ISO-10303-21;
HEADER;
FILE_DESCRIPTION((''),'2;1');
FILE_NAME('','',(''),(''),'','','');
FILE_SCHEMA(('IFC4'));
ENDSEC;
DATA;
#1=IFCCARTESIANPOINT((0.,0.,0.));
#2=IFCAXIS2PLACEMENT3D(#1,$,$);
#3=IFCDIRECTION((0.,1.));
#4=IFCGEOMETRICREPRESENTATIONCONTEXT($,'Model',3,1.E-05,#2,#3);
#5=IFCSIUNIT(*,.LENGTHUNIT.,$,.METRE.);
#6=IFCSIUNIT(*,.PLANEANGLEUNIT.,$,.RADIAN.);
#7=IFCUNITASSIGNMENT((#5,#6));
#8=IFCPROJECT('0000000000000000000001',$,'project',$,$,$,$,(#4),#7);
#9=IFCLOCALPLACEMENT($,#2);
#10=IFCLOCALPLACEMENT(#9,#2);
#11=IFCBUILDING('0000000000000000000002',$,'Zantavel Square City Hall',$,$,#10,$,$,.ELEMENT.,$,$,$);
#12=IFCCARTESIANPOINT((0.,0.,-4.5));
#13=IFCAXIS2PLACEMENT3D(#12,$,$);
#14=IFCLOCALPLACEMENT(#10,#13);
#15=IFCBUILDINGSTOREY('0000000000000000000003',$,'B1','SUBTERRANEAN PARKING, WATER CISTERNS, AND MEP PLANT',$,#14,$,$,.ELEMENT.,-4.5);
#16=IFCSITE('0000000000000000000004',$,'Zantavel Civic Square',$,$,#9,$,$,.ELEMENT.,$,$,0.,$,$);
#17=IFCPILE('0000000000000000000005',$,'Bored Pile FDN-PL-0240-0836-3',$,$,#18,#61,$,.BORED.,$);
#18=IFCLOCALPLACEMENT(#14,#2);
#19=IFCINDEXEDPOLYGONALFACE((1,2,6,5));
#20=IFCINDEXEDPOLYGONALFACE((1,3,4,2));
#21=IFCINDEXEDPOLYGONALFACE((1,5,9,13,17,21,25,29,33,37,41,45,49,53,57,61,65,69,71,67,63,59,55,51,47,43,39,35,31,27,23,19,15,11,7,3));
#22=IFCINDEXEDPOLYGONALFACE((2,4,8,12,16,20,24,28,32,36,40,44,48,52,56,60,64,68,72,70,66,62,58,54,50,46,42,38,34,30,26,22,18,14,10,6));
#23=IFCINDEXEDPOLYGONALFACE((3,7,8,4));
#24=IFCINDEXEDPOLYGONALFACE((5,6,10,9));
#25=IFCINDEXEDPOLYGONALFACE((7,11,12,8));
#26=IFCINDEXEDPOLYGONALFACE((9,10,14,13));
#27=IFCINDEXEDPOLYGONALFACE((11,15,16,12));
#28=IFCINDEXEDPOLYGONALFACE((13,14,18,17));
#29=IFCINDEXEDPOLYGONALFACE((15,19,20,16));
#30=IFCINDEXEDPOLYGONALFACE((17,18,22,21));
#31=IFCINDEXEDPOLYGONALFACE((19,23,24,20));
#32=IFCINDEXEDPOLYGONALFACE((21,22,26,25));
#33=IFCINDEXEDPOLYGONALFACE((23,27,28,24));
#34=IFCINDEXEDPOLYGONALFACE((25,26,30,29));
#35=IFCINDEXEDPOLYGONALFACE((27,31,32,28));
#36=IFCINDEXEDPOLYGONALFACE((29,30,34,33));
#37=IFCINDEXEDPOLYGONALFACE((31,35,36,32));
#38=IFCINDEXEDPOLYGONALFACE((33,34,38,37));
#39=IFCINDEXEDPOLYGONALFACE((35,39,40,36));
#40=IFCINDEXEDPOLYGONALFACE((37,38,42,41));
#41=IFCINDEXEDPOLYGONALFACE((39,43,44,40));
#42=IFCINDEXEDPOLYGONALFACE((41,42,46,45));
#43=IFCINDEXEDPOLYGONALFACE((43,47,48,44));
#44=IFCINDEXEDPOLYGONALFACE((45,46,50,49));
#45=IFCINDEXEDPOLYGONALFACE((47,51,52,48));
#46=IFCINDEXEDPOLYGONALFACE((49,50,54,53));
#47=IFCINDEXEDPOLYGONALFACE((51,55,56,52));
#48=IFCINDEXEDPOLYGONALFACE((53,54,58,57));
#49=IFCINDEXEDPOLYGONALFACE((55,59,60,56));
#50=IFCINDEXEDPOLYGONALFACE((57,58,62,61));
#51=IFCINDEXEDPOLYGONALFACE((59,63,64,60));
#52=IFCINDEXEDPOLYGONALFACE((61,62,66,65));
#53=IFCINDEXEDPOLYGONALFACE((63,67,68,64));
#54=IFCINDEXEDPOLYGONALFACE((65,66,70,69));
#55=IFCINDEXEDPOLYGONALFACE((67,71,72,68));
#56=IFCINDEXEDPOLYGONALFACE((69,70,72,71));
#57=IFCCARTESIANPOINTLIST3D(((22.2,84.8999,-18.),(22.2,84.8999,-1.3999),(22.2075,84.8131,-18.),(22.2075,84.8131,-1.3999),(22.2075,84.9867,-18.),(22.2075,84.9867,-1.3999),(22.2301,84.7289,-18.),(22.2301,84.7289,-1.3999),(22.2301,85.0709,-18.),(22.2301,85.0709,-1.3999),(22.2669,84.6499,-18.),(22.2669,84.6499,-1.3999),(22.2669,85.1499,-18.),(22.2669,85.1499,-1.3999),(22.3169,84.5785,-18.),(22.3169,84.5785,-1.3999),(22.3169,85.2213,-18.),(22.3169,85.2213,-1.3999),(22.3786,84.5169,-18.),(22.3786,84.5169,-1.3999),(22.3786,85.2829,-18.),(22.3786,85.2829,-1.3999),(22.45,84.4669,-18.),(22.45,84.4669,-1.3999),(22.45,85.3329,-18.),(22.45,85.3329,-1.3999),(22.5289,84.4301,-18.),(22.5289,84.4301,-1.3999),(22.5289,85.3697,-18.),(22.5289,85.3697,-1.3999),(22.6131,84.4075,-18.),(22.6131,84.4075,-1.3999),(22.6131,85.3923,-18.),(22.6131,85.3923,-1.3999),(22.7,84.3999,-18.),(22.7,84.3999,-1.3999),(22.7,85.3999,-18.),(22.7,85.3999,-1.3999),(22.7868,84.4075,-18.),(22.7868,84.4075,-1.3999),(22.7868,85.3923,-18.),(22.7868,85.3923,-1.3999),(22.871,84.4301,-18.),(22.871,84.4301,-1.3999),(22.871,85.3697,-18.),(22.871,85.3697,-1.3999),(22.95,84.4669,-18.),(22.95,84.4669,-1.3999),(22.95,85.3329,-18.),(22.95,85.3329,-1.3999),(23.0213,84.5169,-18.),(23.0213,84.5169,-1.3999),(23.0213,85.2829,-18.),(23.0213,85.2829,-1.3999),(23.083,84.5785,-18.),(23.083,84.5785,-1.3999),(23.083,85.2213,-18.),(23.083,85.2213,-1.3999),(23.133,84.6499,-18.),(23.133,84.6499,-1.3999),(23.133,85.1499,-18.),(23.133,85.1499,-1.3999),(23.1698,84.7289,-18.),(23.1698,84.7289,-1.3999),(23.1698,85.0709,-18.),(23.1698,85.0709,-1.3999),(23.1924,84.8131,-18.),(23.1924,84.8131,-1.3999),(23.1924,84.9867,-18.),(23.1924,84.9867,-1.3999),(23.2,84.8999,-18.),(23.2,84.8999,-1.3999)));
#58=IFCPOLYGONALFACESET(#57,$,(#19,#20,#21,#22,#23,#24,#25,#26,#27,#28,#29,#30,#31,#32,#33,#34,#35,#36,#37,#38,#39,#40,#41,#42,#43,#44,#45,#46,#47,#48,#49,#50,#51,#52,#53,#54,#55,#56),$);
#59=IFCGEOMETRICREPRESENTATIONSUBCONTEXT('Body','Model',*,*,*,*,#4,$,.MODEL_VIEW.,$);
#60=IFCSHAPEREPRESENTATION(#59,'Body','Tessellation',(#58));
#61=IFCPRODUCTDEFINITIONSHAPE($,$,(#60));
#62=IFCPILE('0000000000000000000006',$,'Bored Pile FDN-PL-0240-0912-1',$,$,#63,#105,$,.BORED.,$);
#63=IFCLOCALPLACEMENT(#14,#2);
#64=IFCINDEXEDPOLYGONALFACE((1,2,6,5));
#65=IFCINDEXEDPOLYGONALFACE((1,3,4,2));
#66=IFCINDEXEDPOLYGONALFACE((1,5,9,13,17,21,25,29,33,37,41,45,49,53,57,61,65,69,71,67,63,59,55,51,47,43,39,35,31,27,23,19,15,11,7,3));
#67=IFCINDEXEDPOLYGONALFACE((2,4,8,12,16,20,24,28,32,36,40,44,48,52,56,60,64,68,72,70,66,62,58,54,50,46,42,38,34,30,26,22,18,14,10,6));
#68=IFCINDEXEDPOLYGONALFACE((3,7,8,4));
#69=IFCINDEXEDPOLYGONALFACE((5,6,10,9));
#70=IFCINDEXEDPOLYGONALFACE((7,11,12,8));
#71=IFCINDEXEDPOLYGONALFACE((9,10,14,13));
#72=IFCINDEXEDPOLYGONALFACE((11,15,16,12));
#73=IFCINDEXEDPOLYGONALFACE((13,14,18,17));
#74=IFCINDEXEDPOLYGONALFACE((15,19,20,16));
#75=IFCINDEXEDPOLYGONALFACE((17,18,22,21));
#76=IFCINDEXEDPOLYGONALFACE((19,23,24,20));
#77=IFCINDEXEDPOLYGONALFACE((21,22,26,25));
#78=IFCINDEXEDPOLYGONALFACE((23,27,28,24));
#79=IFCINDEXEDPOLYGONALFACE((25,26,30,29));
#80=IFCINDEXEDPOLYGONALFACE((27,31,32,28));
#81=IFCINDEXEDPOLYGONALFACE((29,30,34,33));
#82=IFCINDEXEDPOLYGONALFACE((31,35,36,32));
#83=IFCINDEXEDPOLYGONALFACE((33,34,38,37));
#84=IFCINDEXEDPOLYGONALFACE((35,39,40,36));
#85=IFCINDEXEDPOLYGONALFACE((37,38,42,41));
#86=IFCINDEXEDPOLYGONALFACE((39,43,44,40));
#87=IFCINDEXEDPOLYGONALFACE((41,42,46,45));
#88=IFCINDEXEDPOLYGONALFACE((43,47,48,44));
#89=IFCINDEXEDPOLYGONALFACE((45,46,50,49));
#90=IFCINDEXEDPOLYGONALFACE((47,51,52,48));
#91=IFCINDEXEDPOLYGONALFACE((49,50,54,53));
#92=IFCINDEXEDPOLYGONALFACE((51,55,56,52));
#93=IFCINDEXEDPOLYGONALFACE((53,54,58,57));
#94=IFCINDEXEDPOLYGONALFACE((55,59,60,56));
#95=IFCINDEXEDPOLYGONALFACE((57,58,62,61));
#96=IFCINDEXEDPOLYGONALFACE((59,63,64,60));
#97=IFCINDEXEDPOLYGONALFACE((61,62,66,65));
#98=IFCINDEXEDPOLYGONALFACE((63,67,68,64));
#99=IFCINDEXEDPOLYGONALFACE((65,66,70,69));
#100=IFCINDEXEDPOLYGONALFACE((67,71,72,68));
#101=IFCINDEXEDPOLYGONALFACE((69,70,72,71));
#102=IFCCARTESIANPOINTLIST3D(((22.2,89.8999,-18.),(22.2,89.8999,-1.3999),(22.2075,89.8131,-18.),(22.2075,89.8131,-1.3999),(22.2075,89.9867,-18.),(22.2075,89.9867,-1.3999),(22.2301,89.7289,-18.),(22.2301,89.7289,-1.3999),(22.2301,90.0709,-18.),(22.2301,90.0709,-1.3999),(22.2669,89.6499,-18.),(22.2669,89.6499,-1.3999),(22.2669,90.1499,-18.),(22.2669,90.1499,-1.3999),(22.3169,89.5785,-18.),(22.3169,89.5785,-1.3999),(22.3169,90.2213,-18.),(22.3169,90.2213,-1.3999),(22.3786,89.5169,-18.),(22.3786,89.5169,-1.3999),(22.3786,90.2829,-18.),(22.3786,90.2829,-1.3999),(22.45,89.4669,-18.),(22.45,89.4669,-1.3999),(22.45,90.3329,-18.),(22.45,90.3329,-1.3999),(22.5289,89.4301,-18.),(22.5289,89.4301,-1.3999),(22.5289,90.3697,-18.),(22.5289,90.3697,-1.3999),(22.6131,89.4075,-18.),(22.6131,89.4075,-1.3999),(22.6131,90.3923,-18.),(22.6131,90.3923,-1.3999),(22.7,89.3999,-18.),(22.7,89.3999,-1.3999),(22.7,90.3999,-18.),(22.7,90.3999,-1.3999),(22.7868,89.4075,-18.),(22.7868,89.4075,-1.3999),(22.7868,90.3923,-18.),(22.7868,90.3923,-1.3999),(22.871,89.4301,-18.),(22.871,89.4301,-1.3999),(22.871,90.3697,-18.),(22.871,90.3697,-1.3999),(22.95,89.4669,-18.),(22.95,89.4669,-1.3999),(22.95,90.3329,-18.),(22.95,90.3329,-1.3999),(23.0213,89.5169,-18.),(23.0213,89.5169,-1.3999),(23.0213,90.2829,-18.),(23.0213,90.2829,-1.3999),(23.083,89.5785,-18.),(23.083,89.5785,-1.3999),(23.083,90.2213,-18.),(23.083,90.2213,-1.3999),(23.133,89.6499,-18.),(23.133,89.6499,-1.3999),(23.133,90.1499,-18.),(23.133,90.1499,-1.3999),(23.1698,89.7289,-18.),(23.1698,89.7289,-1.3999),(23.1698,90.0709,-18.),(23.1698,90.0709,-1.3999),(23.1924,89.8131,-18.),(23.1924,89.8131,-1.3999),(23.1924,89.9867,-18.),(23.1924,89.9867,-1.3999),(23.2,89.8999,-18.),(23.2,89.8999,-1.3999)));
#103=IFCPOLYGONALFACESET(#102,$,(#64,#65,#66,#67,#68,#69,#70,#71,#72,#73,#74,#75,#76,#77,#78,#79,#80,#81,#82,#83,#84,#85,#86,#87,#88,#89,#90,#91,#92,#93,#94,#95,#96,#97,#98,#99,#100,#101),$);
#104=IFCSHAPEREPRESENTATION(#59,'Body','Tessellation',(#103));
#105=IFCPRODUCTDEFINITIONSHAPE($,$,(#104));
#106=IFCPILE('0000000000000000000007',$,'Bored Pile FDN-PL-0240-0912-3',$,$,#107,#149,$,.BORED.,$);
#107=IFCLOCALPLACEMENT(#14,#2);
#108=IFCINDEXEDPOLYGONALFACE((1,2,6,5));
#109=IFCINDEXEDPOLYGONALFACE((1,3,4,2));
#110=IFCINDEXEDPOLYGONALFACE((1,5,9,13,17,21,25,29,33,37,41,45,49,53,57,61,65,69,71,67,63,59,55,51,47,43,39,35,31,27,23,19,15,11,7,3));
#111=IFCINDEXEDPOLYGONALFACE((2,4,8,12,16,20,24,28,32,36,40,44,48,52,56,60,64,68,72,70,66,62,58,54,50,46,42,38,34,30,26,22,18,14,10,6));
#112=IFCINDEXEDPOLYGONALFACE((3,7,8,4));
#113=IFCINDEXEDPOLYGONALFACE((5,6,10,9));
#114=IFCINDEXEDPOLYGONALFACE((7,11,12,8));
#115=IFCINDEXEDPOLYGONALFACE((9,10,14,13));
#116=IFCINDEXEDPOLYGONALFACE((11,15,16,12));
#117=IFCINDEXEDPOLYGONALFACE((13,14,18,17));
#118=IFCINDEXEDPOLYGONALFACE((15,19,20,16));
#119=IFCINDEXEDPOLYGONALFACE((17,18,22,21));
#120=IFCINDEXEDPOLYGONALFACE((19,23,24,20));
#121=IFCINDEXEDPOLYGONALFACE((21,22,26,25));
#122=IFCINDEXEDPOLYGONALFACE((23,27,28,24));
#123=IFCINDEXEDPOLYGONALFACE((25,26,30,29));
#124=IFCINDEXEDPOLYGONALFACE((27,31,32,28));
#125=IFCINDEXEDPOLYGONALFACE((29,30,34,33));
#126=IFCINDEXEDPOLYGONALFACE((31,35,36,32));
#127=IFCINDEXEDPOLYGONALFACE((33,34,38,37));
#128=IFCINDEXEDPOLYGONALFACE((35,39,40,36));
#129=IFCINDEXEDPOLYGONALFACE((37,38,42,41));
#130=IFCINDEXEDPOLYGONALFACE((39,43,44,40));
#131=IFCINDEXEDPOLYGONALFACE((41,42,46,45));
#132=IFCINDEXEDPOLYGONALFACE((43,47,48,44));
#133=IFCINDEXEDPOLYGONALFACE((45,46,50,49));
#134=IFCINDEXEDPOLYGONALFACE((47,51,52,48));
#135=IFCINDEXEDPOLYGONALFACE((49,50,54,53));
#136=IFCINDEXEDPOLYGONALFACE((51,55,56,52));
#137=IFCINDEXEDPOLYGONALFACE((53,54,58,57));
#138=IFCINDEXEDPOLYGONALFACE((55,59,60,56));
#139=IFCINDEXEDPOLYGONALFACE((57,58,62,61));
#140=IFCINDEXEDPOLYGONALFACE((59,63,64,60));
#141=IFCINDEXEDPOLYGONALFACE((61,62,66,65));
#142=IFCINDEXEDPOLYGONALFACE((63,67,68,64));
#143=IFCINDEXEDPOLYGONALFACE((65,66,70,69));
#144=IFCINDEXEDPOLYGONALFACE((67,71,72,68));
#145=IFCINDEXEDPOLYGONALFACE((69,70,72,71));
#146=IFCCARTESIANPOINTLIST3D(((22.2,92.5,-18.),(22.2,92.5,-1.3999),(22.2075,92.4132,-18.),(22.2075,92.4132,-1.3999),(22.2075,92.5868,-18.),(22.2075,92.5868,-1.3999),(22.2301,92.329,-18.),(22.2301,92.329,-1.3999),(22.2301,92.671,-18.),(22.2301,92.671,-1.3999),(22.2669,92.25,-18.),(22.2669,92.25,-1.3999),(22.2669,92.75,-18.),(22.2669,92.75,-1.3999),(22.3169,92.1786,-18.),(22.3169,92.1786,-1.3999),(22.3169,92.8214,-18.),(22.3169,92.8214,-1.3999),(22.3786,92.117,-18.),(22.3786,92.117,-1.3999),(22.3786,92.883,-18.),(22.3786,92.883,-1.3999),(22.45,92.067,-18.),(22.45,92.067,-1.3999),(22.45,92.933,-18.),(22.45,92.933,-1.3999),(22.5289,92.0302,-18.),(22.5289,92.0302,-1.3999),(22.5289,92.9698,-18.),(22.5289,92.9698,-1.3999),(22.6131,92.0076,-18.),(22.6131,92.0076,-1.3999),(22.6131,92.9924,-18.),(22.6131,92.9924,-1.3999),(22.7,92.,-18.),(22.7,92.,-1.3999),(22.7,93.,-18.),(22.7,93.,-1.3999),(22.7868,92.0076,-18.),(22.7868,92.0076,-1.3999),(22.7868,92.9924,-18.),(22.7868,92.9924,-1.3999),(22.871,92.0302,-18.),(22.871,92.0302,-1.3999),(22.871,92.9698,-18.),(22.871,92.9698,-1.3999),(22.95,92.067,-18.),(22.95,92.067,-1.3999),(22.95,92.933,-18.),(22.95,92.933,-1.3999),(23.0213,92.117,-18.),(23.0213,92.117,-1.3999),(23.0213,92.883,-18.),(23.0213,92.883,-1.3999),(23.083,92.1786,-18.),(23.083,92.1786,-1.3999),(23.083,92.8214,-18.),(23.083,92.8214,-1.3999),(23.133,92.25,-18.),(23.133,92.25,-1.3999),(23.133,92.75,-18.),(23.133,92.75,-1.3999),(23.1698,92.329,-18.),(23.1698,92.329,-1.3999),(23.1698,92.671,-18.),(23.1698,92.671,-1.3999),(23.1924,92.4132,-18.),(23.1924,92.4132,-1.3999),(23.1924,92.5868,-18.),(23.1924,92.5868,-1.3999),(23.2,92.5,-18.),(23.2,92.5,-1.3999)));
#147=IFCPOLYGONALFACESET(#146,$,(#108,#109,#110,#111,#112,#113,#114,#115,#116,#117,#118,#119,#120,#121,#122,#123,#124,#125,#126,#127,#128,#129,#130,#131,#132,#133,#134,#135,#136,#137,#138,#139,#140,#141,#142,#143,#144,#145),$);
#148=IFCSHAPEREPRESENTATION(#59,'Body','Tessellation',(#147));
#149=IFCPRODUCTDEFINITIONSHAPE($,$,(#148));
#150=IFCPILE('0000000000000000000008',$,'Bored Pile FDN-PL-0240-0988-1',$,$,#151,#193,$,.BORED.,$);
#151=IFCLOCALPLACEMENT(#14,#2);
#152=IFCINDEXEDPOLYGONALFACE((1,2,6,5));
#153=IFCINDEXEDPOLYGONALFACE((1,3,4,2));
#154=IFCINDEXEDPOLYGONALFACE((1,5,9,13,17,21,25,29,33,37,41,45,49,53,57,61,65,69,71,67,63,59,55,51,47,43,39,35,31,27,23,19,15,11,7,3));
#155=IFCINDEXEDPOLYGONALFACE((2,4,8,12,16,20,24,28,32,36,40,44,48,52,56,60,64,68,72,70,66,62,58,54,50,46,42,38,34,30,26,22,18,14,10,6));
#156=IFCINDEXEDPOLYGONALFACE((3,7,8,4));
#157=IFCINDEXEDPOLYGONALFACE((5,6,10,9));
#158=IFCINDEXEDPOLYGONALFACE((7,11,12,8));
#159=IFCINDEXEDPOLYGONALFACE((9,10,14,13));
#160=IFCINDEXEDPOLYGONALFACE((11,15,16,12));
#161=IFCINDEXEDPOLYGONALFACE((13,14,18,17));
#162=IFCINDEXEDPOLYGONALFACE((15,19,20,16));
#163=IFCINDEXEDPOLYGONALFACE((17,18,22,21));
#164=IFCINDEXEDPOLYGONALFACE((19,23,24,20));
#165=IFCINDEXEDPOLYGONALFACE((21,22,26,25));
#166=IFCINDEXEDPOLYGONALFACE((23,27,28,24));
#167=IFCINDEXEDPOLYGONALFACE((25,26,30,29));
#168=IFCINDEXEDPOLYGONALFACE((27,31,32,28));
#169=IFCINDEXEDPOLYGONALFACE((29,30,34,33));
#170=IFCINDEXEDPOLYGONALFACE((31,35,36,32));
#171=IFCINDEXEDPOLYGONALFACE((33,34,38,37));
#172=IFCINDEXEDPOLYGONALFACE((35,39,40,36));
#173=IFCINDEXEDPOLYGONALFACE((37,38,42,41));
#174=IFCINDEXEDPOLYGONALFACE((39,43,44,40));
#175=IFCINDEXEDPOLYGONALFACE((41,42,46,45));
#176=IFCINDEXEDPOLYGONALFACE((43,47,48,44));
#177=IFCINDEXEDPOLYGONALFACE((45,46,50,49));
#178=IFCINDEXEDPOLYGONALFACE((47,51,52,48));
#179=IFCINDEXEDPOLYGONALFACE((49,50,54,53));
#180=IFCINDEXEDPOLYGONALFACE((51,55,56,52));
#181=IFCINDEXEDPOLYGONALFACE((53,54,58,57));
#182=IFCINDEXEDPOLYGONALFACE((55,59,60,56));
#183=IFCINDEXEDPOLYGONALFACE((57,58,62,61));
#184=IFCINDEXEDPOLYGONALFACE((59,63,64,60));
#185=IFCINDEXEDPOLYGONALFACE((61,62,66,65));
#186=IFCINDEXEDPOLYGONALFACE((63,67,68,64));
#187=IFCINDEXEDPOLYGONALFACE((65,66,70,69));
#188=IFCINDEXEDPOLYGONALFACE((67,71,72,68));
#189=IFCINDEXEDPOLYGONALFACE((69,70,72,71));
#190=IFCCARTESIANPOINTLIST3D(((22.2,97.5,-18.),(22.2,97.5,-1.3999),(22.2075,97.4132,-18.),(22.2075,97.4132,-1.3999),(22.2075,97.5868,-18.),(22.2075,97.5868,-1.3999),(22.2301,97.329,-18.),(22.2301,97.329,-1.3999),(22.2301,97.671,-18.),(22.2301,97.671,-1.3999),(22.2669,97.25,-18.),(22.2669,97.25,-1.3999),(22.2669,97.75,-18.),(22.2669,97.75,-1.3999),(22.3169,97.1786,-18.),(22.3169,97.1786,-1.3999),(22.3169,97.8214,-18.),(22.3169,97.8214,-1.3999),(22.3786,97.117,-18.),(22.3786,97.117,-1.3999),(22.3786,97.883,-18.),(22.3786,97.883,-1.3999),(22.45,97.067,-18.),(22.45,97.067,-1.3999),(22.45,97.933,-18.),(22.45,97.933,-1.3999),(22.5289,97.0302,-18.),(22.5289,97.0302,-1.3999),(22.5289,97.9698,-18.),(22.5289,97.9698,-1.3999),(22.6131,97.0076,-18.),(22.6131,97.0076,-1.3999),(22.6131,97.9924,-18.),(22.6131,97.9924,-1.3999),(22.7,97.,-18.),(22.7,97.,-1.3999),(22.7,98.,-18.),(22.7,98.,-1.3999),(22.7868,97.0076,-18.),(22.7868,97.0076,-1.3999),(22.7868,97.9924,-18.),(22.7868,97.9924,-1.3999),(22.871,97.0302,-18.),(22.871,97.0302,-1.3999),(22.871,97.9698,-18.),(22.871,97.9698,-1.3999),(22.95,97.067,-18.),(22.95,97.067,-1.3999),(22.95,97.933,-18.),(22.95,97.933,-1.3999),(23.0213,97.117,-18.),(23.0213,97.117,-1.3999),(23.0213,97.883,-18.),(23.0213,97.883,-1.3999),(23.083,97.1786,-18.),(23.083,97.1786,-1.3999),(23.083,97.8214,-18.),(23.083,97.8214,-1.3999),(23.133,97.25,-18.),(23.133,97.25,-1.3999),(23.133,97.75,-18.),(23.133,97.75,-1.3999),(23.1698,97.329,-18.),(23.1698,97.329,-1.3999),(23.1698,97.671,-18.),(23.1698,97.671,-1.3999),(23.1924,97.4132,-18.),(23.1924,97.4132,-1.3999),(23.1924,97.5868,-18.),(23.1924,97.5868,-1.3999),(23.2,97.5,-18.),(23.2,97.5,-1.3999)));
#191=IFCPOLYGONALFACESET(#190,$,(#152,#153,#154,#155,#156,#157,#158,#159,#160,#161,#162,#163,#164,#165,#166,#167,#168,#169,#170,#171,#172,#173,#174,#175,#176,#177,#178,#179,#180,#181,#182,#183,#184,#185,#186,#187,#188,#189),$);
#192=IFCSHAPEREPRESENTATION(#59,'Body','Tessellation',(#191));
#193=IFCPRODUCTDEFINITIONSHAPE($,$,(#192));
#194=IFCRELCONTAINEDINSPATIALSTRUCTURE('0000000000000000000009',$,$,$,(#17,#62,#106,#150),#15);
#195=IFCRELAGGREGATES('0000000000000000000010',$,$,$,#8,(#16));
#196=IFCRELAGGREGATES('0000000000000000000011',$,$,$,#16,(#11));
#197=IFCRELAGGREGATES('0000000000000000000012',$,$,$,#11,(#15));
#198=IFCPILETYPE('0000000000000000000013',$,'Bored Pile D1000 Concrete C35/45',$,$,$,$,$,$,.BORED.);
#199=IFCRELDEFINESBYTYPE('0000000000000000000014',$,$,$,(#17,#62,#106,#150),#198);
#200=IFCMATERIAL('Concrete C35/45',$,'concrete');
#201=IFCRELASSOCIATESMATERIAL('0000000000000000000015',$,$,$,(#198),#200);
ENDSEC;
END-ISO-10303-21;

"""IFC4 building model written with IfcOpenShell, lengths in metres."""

from ifc_helpers import new_model, si_unit, direction, frame, origin, origin_2d, place, context, subcontext, project, spatial, circle, extrude, material, material_profile, profile_set, type_object, element, save


model = new_model("IFC4")

# Units and contexts
model_context = context("Model", 3, precision=1e-05, world=origin(), true_north=direction((0.0, 1.0)))
body_context = subcontext(model_context, "Body", "Model", "MODEL_VIEW")
ifc_project = project(units=[si_unit("LENGTHUNIT", "METRE"), si_unit("PLANEANGLEUNIT", "RADIAN")], contexts=[model_context])

# Site, building, storey
site_placement = place(None, origin())
site = spatial("IfcSite", under=ifc_project, at=site_placement, Name="Zantavel Civic Square", CompositionType="ELEMENT", RefElevation=0.0)
building_placement = place(site_placement, origin())
building = spatial("IfcBuilding", under=site, at=building_placement, Name="Zantavel Square City Hall", CompositionType="ELEMENT")
storey_placement = place(building_placement, frame((0.0, 0.0, -4.5)))
storey = spatial("IfcBuildingStorey", under=building, at=storey_placement, Name="B1", Description="SUBTERRANEAN PARKING, WATER CISTERNS, AND MEP PLANT", CompositionType="ELEMENT", Elevation=-4.5)

# Piles
ifc_material_1 = material(Name="Concrete C35/45", Category="concrete")
ifc_material_profile_1 = material_profile(ifc_material_1, circle(Radius=0.5, at=origin_2d()), Name="PILE D1000")
ifc_profile_set_1 = profile_set([ifc_material_profile_1], Name="Concrete C35/45")
pile_type_1 = type_object("IfcPileType", Name="Bored Pile D1000 Concrete C35/45", PredefinedType="BORED", material=ifc_profile_set_1)
for number, where, z_axis, x_axis, name in (
    (1, (22.7, 84.8999, -1.3999), (0.0, 0.0, -1.0), (1.0, 0.0, 0.0), "Bored Pile FDN-PL-0240-0836-3"),
    (2, (22.7, 89.8999, -1.3999), (0.0, 0.0, -1.0), (1.0, 0.0, 0.0), "Bored Pile FDN-PL-0240-0912-1"),
    (3, (22.7, 92.5, -1.3999), (0.0, 0.0, -1.0), (1.0, 0.0, 0.0), "Bored Pile FDN-PL-0240-0912-3"),
    (4, (22.7, 97.5, -1.3999), (0.0, 0.0, -1.0), (1.0, 0.0, 0.0), "Bored Pile FDN-PL-0240-0988-1"),
):
    element("IfcPile", number, at=place(storey_placement, frame(where, z_axis=z_axis, x_axis=x_axis)), inside=storey, type_object=pile_type_1, Name=name, PredefinedType="BORED", context=body_context, shape_type="SweptSolid", body=[
        extrude(circle(Radius=0.5, at=origin_2d()), origin(), (0.0, 0.0, 1.0), 16.6001),
    ])

save(model, "model.ifc")
